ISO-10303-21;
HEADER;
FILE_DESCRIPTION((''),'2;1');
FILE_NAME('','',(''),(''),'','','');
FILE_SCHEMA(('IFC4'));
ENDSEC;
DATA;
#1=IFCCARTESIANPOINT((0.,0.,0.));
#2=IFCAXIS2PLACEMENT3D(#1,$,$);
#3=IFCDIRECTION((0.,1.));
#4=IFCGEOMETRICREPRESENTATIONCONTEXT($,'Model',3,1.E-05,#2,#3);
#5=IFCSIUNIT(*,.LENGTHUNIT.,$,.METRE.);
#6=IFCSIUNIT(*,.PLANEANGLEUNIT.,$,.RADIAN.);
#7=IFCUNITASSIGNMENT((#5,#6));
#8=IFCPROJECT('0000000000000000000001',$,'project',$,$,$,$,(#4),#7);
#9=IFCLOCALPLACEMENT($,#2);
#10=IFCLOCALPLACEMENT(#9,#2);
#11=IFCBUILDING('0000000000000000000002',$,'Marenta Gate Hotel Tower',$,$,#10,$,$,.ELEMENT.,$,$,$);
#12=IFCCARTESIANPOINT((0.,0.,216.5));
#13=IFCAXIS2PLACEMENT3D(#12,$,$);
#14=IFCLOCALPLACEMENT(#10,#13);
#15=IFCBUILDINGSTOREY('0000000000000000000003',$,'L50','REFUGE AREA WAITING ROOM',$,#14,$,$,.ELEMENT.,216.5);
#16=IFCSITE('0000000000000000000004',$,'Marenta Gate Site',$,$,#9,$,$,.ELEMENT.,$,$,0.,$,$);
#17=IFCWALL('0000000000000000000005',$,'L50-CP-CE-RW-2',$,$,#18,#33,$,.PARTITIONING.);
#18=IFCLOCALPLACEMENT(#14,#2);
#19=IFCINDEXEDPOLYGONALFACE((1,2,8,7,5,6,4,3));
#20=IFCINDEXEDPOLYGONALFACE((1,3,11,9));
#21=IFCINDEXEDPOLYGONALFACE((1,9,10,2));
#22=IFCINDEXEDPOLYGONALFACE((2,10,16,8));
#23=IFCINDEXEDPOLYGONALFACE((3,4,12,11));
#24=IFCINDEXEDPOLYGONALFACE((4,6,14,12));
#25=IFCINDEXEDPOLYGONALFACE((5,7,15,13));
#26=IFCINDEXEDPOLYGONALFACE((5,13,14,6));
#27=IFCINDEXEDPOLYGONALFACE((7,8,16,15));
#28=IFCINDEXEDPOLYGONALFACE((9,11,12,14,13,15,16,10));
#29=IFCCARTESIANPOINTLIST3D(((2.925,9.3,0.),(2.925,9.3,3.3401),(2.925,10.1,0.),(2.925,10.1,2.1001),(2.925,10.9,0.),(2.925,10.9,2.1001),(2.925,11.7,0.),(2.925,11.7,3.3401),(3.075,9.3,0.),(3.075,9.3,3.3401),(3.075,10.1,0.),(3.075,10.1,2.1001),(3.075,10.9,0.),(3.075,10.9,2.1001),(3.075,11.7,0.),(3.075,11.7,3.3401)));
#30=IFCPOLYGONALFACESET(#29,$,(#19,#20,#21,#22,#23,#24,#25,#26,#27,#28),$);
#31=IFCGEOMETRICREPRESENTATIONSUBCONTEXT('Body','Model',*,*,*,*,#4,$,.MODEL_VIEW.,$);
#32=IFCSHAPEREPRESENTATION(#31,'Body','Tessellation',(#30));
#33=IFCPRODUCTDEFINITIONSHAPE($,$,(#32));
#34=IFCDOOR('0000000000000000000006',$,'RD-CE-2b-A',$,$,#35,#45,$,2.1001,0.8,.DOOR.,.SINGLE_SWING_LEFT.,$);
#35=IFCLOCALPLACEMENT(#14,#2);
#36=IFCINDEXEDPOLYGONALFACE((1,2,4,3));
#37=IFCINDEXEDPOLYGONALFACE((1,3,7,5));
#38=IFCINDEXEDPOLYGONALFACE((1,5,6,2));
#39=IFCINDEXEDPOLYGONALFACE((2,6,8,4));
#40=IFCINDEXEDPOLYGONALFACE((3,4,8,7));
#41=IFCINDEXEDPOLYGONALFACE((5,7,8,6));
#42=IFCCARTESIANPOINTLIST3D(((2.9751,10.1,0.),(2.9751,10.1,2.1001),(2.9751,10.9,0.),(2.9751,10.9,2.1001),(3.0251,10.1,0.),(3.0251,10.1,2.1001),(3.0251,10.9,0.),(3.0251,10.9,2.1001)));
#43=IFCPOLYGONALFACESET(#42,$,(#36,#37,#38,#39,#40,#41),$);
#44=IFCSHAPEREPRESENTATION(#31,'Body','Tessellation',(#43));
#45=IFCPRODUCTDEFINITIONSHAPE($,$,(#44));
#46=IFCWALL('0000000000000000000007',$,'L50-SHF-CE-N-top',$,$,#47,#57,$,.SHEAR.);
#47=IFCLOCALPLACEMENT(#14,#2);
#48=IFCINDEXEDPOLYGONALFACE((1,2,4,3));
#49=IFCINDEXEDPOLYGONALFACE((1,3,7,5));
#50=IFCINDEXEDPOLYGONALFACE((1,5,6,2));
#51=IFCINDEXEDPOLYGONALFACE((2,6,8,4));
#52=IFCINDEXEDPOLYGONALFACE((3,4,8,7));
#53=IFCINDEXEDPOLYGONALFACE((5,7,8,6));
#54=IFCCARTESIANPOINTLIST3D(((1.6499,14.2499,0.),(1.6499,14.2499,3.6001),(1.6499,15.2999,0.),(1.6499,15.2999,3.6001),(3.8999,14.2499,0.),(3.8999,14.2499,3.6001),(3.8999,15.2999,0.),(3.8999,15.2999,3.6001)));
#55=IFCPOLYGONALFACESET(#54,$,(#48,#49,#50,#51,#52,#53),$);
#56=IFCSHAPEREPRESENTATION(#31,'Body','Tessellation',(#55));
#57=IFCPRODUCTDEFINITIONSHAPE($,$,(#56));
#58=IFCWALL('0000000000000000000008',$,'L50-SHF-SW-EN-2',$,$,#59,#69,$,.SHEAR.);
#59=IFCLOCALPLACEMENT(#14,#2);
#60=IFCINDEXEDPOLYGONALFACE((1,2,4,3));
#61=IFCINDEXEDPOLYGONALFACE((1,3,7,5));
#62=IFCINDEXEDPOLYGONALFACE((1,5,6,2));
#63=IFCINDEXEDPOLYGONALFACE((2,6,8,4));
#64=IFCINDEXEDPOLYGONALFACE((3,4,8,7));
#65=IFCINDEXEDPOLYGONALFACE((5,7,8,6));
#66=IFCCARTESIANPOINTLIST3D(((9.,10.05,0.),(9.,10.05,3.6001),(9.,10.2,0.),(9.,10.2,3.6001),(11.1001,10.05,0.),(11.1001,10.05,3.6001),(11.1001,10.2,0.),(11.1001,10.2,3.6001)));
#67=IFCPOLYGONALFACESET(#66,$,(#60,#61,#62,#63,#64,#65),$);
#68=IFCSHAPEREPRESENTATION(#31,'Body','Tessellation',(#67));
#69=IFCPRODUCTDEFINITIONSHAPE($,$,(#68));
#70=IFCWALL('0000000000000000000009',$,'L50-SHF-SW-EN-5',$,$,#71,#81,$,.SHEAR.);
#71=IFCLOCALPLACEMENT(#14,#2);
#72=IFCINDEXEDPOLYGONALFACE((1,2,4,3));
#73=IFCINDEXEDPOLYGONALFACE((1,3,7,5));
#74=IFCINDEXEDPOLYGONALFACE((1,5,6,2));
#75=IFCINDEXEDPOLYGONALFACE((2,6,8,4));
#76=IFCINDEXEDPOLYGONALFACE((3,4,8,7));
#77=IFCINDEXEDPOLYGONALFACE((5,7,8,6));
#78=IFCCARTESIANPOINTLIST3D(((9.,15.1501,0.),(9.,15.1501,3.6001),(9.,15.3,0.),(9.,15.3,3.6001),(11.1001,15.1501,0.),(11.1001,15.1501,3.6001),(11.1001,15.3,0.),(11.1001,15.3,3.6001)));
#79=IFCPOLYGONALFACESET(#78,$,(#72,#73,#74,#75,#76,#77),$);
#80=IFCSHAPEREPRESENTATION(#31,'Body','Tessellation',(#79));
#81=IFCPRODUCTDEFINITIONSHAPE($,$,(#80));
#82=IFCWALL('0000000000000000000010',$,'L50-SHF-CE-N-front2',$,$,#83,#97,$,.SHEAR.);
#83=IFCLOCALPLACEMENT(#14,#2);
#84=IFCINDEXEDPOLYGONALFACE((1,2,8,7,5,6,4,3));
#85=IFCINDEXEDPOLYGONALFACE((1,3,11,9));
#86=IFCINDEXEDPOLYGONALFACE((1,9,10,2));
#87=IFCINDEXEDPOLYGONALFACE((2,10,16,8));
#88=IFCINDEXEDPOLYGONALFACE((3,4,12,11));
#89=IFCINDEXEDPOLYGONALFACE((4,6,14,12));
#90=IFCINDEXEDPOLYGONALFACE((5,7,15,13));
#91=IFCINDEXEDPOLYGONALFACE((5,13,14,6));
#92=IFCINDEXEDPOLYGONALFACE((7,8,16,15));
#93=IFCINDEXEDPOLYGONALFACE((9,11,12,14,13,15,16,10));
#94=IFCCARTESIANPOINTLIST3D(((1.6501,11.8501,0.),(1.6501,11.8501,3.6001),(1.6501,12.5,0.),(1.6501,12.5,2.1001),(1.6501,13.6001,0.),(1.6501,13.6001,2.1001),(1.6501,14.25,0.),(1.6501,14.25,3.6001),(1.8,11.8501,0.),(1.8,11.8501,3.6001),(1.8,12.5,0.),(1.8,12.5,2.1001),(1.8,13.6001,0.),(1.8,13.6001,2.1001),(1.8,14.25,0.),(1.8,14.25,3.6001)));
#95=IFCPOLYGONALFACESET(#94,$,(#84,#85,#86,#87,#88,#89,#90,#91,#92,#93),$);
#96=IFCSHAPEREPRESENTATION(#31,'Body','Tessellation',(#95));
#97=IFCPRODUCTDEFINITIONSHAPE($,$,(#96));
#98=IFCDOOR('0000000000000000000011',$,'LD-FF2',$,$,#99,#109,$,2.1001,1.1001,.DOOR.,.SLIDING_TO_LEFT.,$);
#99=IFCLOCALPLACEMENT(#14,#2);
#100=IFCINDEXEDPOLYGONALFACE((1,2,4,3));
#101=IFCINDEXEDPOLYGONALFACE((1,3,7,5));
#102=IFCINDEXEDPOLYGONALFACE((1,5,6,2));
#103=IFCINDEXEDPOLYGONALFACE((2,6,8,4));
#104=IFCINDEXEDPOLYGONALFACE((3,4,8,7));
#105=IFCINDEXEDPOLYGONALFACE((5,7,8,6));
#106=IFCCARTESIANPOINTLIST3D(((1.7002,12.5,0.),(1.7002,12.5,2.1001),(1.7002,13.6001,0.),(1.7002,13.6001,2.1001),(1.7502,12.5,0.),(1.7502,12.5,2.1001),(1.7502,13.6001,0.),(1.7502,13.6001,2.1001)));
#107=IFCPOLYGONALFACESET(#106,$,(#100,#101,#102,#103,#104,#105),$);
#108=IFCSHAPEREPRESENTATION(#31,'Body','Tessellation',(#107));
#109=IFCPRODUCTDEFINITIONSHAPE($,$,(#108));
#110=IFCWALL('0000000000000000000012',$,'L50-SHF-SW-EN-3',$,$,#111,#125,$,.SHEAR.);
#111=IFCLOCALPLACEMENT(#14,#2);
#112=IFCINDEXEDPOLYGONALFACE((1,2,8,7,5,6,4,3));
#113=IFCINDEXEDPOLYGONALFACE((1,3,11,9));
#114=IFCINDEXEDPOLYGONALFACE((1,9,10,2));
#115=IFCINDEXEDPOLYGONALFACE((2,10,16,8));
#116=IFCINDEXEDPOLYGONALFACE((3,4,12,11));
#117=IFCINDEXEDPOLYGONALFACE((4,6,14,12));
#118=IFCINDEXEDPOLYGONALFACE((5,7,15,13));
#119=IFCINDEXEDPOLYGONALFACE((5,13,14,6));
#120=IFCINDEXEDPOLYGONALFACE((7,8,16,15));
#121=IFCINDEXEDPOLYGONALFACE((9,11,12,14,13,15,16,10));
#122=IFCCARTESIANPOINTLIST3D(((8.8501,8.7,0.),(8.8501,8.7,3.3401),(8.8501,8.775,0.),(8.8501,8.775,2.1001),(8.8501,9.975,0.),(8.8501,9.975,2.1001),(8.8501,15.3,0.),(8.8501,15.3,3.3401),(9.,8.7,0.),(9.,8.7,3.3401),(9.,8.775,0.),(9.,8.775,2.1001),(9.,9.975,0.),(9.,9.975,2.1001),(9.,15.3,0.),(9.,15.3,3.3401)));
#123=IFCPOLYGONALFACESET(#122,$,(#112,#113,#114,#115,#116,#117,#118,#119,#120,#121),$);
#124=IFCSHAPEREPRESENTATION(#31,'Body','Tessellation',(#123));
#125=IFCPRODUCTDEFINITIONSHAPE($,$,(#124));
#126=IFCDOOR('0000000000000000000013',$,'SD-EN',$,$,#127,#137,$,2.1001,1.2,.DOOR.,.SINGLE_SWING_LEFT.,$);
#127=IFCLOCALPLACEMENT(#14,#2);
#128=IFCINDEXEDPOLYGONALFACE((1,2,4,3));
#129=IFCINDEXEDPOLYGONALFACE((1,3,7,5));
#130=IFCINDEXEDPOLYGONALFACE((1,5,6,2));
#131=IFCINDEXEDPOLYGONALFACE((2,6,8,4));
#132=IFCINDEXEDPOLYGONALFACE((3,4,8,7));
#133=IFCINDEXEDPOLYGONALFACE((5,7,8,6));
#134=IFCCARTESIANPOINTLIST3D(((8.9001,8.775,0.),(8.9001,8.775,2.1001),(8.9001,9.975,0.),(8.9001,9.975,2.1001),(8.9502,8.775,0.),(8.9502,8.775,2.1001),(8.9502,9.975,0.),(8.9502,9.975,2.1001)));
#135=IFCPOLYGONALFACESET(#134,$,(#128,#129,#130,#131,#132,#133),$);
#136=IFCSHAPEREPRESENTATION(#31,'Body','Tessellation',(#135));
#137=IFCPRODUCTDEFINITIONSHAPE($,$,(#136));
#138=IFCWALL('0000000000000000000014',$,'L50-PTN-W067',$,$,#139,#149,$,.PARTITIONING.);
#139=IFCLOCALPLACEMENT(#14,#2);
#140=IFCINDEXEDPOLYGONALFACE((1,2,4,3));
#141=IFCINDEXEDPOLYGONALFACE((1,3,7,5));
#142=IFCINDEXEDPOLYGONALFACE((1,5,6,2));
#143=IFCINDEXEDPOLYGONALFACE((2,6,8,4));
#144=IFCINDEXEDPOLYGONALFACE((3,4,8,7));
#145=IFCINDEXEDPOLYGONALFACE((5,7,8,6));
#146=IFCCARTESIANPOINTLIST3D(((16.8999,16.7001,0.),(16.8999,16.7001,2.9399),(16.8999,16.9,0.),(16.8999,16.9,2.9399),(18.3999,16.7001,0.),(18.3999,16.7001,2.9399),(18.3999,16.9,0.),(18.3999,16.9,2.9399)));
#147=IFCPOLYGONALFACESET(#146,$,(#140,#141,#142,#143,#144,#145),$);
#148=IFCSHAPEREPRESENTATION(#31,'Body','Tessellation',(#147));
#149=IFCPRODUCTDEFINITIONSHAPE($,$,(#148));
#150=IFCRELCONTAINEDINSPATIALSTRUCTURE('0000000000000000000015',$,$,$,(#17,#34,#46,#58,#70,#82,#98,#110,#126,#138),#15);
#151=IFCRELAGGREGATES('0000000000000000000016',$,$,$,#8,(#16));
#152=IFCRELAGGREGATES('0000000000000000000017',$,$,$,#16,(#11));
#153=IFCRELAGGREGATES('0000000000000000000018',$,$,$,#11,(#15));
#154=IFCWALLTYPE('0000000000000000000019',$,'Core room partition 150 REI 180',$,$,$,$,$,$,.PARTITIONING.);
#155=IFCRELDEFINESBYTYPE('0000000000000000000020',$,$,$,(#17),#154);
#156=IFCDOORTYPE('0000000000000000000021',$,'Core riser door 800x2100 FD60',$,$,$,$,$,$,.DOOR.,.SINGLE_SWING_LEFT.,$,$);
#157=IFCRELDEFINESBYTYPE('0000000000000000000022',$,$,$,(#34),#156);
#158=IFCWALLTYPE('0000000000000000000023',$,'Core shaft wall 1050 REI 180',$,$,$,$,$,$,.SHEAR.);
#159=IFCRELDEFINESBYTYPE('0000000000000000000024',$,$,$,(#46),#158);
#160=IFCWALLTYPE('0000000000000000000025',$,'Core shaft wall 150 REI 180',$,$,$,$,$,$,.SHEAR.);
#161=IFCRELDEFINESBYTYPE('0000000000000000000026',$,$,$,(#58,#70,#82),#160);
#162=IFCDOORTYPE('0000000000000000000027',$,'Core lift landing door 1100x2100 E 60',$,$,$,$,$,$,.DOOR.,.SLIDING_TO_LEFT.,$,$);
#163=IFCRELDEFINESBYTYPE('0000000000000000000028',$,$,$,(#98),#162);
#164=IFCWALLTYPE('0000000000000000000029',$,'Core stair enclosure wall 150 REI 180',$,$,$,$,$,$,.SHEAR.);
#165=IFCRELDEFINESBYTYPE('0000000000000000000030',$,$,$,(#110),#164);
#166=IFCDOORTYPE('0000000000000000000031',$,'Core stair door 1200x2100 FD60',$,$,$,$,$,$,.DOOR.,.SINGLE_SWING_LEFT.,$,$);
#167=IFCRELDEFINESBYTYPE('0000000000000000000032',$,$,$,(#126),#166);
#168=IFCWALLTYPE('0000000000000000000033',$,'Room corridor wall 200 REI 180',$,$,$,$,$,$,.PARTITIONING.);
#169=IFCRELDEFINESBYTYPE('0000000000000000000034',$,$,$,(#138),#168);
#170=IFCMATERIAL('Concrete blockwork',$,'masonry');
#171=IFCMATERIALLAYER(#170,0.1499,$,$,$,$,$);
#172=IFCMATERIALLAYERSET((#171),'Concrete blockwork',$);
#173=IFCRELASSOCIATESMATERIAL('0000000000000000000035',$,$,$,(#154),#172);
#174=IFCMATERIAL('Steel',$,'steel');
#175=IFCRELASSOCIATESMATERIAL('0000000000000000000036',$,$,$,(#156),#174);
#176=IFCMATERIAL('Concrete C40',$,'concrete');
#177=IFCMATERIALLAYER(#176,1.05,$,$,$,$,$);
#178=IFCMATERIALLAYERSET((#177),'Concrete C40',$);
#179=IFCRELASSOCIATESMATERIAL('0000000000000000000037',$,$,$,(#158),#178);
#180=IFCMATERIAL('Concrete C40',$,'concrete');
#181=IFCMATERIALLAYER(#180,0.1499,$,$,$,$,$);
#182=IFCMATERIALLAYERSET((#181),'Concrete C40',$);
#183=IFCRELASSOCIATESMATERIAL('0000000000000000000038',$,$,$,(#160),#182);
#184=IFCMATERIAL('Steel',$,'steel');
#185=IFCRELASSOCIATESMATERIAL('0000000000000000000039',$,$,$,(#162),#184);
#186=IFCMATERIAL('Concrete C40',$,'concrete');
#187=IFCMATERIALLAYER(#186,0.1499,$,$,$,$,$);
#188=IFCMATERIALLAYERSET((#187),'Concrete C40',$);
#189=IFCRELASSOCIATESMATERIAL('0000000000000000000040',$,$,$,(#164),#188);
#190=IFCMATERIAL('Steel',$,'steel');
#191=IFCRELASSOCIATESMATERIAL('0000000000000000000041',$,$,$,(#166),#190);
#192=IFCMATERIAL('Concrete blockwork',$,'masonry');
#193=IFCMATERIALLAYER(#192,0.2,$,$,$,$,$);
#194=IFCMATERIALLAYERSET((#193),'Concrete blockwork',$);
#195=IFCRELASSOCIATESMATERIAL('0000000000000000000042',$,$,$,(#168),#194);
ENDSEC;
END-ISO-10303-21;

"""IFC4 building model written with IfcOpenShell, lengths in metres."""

from ifc_helpers import new_model, si_unit, direction, frame, frame_2d, origin, place, context, subcontext, project, spatial, rectangle, extrude, material, layer, layer_set, type_object, element, fill, save


model = new_model("IFC4")

# Units and contexts
model_context = context("Model", 3, precision=1e-05, world=origin(), true_north=direction((0.0, 1.0)))
body_context = subcontext(model_context, "Body", "Model", "MODEL_VIEW")
ifc_project = project(units=[si_unit("LENGTHUNIT", "METRE"), si_unit("PLANEANGLEUNIT", "RADIAN")], contexts=[model_context])

# Site, building, storey
site_placement = place(None, origin())
site = spatial("IfcSite", under=ifc_project, at=site_placement, Name="Marenta Gate Site", CompositionType="ELEMENT", RefElevation=0.0)
building_placement = place(site_placement, origin())
building = spatial("IfcBuilding", under=site, at=building_placement, Name="Marenta Gate Hotel Tower", CompositionType="ELEMENT")
storey_placement = place(building_placement, frame((0.0, 0.0, 216.5)))
storey = spatial("IfcBuildingStorey", under=building, at=storey_placement, Name="L50", Description="REFUGE AREA WAITING ROOM", CompositionType="ELEMENT", Elevation=216.5)

# Shared definitions
ifc_material_1 = material(Name="Concrete blockwork", Category="masonry")
ifc_layer_1 = layer(ifc_material_1, 0.1499)
ifc_layer_set_1 = layer_set([ifc_layer_1], Name="Concrete blockwork")
wall_type_1 = type_object("IfcWallType", Name="Core room partition 150 REI 180", PredefinedType="PARTITIONING", material=ifc_layer_set_1)

# Wall, opening, door
wall_1_placement = place(storey_placement, frame((3.0, 9.3, 0.0), z_axis=(0.0, 0.0, 1.0), x_axis=(0.0, 1.0, 0.0)))
wall_1 = element("IfcWall", 1, at=wall_1_placement, inside=storey, type_object=wall_type_1, Name="L50-CP-CE-RW-2", PredefinedType="PARTITIONING", context=body_context, shape_type="SweptSolid", body=[
    extrude(rectangle(XDim=2.3999, YDim=0.1499, at=frame_2d((1.2, 0.0))), origin(), (0.0, 0.0, 1.0), 3.3401),
])
opening_1_placement = place(wall_1_placement, frame((0.8, 0.0, 0.0)))
opening_1 = element("IfcOpeningElement", 2, at=opening_1_placement, cuts=wall_1, PredefinedType="OPENING", context=body_context, shape_type="SweptSolid", body=[
    extrude(rectangle(XDim=0.8, YDim=2.1001, at=frame_2d((0.3999, 1.05))), frame((0.0, 0.075, 0.0), z_axis=(0.0, -1.0, 0.0), x_axis=(1.0, 0.0, 0.0)), (0.0, 0.0, 1.0), 0.1499),
])
ifc_material_2 = material(Name="Steel", Category="steel")
door_type_1 = type_object("IfcDoorType", Name="Core riser door 800x2100 FD60", OperationType="SINGLE_SWING_LEFT", PredefinedType="DOOR", material=ifc_material_2)
door_1_placement = place(opening_1_placement, origin())
door_1 = element("IfcDoor", 3, at=door_1_placement, inside=storey, type_object=door_type_1, Name="RD-CE-2b-A", OperationType="SINGLE_SWING_LEFT", OverallHeight=2.1001, OverallWidth=0.8, PredefinedType="DOOR", context=body_context, shape_type="SweptSolid", body=[
    extrude(rectangle(XDim=0.8, YDim=2.1001, at=frame_2d((0.3999, 1.05))), frame((0.0, 0.0249, 0.0), z_axis=(0.0, -1.0, 0.0), x_axis=(1.0, 0.0, 0.0)), (0.0, 0.0, 1.0), 0.05),
])
fill(opening_1, door_1)

# Walls
ifc_material_3 = material(Name="Concrete C40", Category="concrete")
ifc_layer_2 = layer(ifc_material_3, 1.05)
ifc_layer_set_2 = layer_set([ifc_layer_2], Name="Concrete C40")
wall_type_2 = type_object("IfcWallType", Name="Core shaft wall 1050 REI 180", PredefinedType="SHEAR", material=ifc_layer_set_2)
wall_2_placement = place(storey_placement, frame((1.6499, 14.7749, 0.0), z_axis=(0.0, 0.0, 1.0), x_axis=(1.0, 0.0, 0.0)))
element("IfcWall", 4, at=wall_2_placement, inside=storey, type_object=wall_type_2, Name="L50-SHF-CE-N-top", PredefinedType="SHEAR", context=body_context, shape_type="SweptSolid", body=[
    extrude(rectangle(XDim=2.25, YDim=1.05, at=frame_2d((1.125, 0.0))), origin(), (0.0, 0.0, 1.0), 3.6001),
])
ifc_material_4 = material(Name="Concrete C40", Category="concrete")
ifc_layer_3 = layer(ifc_material_4, 0.1499)
ifc_layer_set_3 = layer_set([ifc_layer_3], Name="Concrete C40")
wall_type_3 = type_object("IfcWallType", Name="Core shaft wall 150 REI 180", PredefinedType="SHEAR", material=ifc_layer_set_3)
for number, where, z_axis, x_axis, name in (
    (5, (9.0, 10.125, 0.0), (0.0, 0.0, 1.0), (1.0, 0.0, 0.0), "L50-SHF-SW-EN-2"),
    (6, (9.0, 15.2251, 0.0), (0.0, 0.0, 1.0), (1.0, 0.0, 0.0), "L50-SHF-SW-EN-5"),
):
    element("IfcWall", number, at=place(storey_placement, frame(where, z_axis=z_axis, x_axis=x_axis)), inside=storey, type_object=wall_type_3, Name=name, PredefinedType="SHEAR", context=body_context, shape_type="SweptSolid", body=[
        extrude(rectangle(XDim=2.1001, YDim=0.1499, at=frame_2d((1.05, 0.0))), origin(), (0.0, 0.0, 1.0), 3.6001),
    ])

# Walls, openings, doors
wall_3_placement = place(storey_placement, frame((1.7251, 11.8501, 0.0), z_axis=(0.0, 0.0, 1.0), x_axis=(0.0, 1.0, 0.0)))
wall_3 = element("IfcWall", 7, at=wall_3_placement, inside=storey, type_object=wall_type_3, Name="L50-SHF-CE-N-front2", PredefinedType="SHEAR", context=body_context, shape_type="SweptSolid", body=[
    extrude(rectangle(XDim=2.3999, YDim=0.1499, at=frame_2d((1.2, 0.0))), origin(), (0.0, 0.0, 1.0), 3.6001),
])
opening_2_placement = place(wall_3_placement, frame((0.6499, 0.0, 0.0)))
opening_2 = element("IfcOpeningElement", 8, at=opening_2_placement, cuts=wall_3, PredefinedType="OPENING", context=body_context, shape_type="SweptSolid", body=[
    extrude(rectangle(XDim=1.1001, YDim=2.1001, at=frame_2d((0.55, 1.05))), frame((0.0, 0.075, 0.0), z_axis=(0.0, -1.0, 0.0), x_axis=(1.0, 0.0, 0.0)), (0.0, 0.0, 1.0), 0.1499),
])
ifc_material_5 = material(Name="Steel", Category="steel")
door_type_2 = type_object("IfcDoorType", Name="Core lift landing door 1100x2100 E 60", OperationType="SLIDING_TO_LEFT", PredefinedType="DOOR", material=ifc_material_5)
door_2_placement = place(opening_2_placement, origin())
door_2 = element("IfcDoor", 9, at=door_2_placement, inside=storey, type_object=door_type_2, Name="LD-FF2", OperationType="SLIDING_TO_LEFT", OverallHeight=2.1001, OverallWidth=1.1001, PredefinedType="DOOR", context=body_context, shape_type="SweptSolid", body=[
    extrude(rectangle(XDim=1.1001, YDim=2.1001, at=frame_2d((0.55, 1.05))), frame((0.0, 0.0249, 0.0), z_axis=(0.0, -1.0, 0.0), x_axis=(1.0, 0.0, 0.0)), (0.0, 0.0, 1.0), 0.05),
])
fill(opening_2, door_2)
ifc_material_6 = material(Name="Concrete C40", Category="concrete")
ifc_layer_4 = layer(ifc_material_6, 0.1499)
ifc_layer_set_4 = layer_set([ifc_layer_4], Name="Concrete C40")
wall_type_4 = type_object("IfcWallType", Name="Core stair enclosure wall 150 REI 180", PredefinedType="SHEAR", material=ifc_layer_set_4)
wall_4_placement = place(storey_placement, frame((8.925, 8.7, 0.0), z_axis=(0.0, 0.0, 1.0), x_axis=(0.0, 1.0, 0.0)))
wall_4 = element("IfcWall", 10, at=wall_4_placement, inside=storey, type_object=wall_type_4, Name="L50-SHF-SW-EN-3", PredefinedType="SHEAR", context=body_context, shape_type="SweptSolid", body=[
    extrude(rectangle(XDim=6.6001, YDim=0.1499, at=frame_2d((3.3, 0.0))), origin(), (0.0, 0.0, 1.0), 3.3401),
])
opening_3_placement = place(wall_4_placement, frame((0.075, 0.0, 0.0)))
opening_3 = element("IfcOpeningElement", 11, at=opening_3_placement, cuts=wall_4, PredefinedType="OPENING", context=body_context, shape_type="SweptSolid", body=[
    extrude(rectangle(XDim=1.2, YDim=2.1001, at=frame_2d((0.6001, 1.05))), frame((0.0, 0.075, 0.0), z_axis=(0.0, -1.0, 0.0), x_axis=(1.0, 0.0, 0.0)), (0.0, 0.0, 1.0), 0.1499),
])
ifc_material_7 = material(Name="Steel", Category="steel")
door_type_3 = type_object("IfcDoorType", Name="Core stair door 1200x2100 FD60", OperationType="SINGLE_SWING_LEFT", PredefinedType="DOOR", material=ifc_material_7)
door_3_placement = place(opening_3_placement, origin())
door_3 = element("IfcDoor", 12, at=door_3_placement, inside=storey, type_object=door_type_3, Name="SD-EN", OperationType="SINGLE_SWING_LEFT", OverallHeight=2.1001, OverallWidth=1.2, PredefinedType="DOOR", context=body_context, shape_type="SweptSolid", body=[
    extrude(rectangle(XDim=1.2, YDim=2.1001, at=frame_2d((0.6001, 1.05))), frame((0.0, 0.0249, 0.0), z_axis=(0.0, -1.0, 0.0), x_axis=(1.0, 0.0, 0.0)), (0.0, 0.0, 1.0), 0.05),
])
fill(opening_3, door_3)

# Wall
ifc_material_8 = material(Name="Concrete blockwork", Category="masonry")
ifc_layer_5 = layer(ifc_material_8, 0.2)
ifc_layer_set_5 = layer_set([ifc_layer_5], Name="Concrete blockwork")
wall_type_5 = type_object("IfcWallType", Name="Room corridor wall 200 REI 180", PredefinedType="PARTITIONING", material=ifc_layer_set_5)
wall_5_placement = place(storey_placement, frame((16.8999, 16.8, 0.0), z_axis=(0.0, 0.0, 1.0), x_axis=(1.0, 0.0, 0.0)))
element("IfcWall", 13, at=wall_5_placement, inside=storey, type_object=wall_type_5, Name="L50-PTN-W067", PredefinedType="PARTITIONING", context=body_context, shape_type="SweptSolid", body=[
    extrude(rectangle(XDim=1.5, YDim=0.2, at=frame_2d((0.75, 0.0))), origin(), (0.0, 0.0, 1.0), 2.9399),
])

save(model, "model.ifc")
